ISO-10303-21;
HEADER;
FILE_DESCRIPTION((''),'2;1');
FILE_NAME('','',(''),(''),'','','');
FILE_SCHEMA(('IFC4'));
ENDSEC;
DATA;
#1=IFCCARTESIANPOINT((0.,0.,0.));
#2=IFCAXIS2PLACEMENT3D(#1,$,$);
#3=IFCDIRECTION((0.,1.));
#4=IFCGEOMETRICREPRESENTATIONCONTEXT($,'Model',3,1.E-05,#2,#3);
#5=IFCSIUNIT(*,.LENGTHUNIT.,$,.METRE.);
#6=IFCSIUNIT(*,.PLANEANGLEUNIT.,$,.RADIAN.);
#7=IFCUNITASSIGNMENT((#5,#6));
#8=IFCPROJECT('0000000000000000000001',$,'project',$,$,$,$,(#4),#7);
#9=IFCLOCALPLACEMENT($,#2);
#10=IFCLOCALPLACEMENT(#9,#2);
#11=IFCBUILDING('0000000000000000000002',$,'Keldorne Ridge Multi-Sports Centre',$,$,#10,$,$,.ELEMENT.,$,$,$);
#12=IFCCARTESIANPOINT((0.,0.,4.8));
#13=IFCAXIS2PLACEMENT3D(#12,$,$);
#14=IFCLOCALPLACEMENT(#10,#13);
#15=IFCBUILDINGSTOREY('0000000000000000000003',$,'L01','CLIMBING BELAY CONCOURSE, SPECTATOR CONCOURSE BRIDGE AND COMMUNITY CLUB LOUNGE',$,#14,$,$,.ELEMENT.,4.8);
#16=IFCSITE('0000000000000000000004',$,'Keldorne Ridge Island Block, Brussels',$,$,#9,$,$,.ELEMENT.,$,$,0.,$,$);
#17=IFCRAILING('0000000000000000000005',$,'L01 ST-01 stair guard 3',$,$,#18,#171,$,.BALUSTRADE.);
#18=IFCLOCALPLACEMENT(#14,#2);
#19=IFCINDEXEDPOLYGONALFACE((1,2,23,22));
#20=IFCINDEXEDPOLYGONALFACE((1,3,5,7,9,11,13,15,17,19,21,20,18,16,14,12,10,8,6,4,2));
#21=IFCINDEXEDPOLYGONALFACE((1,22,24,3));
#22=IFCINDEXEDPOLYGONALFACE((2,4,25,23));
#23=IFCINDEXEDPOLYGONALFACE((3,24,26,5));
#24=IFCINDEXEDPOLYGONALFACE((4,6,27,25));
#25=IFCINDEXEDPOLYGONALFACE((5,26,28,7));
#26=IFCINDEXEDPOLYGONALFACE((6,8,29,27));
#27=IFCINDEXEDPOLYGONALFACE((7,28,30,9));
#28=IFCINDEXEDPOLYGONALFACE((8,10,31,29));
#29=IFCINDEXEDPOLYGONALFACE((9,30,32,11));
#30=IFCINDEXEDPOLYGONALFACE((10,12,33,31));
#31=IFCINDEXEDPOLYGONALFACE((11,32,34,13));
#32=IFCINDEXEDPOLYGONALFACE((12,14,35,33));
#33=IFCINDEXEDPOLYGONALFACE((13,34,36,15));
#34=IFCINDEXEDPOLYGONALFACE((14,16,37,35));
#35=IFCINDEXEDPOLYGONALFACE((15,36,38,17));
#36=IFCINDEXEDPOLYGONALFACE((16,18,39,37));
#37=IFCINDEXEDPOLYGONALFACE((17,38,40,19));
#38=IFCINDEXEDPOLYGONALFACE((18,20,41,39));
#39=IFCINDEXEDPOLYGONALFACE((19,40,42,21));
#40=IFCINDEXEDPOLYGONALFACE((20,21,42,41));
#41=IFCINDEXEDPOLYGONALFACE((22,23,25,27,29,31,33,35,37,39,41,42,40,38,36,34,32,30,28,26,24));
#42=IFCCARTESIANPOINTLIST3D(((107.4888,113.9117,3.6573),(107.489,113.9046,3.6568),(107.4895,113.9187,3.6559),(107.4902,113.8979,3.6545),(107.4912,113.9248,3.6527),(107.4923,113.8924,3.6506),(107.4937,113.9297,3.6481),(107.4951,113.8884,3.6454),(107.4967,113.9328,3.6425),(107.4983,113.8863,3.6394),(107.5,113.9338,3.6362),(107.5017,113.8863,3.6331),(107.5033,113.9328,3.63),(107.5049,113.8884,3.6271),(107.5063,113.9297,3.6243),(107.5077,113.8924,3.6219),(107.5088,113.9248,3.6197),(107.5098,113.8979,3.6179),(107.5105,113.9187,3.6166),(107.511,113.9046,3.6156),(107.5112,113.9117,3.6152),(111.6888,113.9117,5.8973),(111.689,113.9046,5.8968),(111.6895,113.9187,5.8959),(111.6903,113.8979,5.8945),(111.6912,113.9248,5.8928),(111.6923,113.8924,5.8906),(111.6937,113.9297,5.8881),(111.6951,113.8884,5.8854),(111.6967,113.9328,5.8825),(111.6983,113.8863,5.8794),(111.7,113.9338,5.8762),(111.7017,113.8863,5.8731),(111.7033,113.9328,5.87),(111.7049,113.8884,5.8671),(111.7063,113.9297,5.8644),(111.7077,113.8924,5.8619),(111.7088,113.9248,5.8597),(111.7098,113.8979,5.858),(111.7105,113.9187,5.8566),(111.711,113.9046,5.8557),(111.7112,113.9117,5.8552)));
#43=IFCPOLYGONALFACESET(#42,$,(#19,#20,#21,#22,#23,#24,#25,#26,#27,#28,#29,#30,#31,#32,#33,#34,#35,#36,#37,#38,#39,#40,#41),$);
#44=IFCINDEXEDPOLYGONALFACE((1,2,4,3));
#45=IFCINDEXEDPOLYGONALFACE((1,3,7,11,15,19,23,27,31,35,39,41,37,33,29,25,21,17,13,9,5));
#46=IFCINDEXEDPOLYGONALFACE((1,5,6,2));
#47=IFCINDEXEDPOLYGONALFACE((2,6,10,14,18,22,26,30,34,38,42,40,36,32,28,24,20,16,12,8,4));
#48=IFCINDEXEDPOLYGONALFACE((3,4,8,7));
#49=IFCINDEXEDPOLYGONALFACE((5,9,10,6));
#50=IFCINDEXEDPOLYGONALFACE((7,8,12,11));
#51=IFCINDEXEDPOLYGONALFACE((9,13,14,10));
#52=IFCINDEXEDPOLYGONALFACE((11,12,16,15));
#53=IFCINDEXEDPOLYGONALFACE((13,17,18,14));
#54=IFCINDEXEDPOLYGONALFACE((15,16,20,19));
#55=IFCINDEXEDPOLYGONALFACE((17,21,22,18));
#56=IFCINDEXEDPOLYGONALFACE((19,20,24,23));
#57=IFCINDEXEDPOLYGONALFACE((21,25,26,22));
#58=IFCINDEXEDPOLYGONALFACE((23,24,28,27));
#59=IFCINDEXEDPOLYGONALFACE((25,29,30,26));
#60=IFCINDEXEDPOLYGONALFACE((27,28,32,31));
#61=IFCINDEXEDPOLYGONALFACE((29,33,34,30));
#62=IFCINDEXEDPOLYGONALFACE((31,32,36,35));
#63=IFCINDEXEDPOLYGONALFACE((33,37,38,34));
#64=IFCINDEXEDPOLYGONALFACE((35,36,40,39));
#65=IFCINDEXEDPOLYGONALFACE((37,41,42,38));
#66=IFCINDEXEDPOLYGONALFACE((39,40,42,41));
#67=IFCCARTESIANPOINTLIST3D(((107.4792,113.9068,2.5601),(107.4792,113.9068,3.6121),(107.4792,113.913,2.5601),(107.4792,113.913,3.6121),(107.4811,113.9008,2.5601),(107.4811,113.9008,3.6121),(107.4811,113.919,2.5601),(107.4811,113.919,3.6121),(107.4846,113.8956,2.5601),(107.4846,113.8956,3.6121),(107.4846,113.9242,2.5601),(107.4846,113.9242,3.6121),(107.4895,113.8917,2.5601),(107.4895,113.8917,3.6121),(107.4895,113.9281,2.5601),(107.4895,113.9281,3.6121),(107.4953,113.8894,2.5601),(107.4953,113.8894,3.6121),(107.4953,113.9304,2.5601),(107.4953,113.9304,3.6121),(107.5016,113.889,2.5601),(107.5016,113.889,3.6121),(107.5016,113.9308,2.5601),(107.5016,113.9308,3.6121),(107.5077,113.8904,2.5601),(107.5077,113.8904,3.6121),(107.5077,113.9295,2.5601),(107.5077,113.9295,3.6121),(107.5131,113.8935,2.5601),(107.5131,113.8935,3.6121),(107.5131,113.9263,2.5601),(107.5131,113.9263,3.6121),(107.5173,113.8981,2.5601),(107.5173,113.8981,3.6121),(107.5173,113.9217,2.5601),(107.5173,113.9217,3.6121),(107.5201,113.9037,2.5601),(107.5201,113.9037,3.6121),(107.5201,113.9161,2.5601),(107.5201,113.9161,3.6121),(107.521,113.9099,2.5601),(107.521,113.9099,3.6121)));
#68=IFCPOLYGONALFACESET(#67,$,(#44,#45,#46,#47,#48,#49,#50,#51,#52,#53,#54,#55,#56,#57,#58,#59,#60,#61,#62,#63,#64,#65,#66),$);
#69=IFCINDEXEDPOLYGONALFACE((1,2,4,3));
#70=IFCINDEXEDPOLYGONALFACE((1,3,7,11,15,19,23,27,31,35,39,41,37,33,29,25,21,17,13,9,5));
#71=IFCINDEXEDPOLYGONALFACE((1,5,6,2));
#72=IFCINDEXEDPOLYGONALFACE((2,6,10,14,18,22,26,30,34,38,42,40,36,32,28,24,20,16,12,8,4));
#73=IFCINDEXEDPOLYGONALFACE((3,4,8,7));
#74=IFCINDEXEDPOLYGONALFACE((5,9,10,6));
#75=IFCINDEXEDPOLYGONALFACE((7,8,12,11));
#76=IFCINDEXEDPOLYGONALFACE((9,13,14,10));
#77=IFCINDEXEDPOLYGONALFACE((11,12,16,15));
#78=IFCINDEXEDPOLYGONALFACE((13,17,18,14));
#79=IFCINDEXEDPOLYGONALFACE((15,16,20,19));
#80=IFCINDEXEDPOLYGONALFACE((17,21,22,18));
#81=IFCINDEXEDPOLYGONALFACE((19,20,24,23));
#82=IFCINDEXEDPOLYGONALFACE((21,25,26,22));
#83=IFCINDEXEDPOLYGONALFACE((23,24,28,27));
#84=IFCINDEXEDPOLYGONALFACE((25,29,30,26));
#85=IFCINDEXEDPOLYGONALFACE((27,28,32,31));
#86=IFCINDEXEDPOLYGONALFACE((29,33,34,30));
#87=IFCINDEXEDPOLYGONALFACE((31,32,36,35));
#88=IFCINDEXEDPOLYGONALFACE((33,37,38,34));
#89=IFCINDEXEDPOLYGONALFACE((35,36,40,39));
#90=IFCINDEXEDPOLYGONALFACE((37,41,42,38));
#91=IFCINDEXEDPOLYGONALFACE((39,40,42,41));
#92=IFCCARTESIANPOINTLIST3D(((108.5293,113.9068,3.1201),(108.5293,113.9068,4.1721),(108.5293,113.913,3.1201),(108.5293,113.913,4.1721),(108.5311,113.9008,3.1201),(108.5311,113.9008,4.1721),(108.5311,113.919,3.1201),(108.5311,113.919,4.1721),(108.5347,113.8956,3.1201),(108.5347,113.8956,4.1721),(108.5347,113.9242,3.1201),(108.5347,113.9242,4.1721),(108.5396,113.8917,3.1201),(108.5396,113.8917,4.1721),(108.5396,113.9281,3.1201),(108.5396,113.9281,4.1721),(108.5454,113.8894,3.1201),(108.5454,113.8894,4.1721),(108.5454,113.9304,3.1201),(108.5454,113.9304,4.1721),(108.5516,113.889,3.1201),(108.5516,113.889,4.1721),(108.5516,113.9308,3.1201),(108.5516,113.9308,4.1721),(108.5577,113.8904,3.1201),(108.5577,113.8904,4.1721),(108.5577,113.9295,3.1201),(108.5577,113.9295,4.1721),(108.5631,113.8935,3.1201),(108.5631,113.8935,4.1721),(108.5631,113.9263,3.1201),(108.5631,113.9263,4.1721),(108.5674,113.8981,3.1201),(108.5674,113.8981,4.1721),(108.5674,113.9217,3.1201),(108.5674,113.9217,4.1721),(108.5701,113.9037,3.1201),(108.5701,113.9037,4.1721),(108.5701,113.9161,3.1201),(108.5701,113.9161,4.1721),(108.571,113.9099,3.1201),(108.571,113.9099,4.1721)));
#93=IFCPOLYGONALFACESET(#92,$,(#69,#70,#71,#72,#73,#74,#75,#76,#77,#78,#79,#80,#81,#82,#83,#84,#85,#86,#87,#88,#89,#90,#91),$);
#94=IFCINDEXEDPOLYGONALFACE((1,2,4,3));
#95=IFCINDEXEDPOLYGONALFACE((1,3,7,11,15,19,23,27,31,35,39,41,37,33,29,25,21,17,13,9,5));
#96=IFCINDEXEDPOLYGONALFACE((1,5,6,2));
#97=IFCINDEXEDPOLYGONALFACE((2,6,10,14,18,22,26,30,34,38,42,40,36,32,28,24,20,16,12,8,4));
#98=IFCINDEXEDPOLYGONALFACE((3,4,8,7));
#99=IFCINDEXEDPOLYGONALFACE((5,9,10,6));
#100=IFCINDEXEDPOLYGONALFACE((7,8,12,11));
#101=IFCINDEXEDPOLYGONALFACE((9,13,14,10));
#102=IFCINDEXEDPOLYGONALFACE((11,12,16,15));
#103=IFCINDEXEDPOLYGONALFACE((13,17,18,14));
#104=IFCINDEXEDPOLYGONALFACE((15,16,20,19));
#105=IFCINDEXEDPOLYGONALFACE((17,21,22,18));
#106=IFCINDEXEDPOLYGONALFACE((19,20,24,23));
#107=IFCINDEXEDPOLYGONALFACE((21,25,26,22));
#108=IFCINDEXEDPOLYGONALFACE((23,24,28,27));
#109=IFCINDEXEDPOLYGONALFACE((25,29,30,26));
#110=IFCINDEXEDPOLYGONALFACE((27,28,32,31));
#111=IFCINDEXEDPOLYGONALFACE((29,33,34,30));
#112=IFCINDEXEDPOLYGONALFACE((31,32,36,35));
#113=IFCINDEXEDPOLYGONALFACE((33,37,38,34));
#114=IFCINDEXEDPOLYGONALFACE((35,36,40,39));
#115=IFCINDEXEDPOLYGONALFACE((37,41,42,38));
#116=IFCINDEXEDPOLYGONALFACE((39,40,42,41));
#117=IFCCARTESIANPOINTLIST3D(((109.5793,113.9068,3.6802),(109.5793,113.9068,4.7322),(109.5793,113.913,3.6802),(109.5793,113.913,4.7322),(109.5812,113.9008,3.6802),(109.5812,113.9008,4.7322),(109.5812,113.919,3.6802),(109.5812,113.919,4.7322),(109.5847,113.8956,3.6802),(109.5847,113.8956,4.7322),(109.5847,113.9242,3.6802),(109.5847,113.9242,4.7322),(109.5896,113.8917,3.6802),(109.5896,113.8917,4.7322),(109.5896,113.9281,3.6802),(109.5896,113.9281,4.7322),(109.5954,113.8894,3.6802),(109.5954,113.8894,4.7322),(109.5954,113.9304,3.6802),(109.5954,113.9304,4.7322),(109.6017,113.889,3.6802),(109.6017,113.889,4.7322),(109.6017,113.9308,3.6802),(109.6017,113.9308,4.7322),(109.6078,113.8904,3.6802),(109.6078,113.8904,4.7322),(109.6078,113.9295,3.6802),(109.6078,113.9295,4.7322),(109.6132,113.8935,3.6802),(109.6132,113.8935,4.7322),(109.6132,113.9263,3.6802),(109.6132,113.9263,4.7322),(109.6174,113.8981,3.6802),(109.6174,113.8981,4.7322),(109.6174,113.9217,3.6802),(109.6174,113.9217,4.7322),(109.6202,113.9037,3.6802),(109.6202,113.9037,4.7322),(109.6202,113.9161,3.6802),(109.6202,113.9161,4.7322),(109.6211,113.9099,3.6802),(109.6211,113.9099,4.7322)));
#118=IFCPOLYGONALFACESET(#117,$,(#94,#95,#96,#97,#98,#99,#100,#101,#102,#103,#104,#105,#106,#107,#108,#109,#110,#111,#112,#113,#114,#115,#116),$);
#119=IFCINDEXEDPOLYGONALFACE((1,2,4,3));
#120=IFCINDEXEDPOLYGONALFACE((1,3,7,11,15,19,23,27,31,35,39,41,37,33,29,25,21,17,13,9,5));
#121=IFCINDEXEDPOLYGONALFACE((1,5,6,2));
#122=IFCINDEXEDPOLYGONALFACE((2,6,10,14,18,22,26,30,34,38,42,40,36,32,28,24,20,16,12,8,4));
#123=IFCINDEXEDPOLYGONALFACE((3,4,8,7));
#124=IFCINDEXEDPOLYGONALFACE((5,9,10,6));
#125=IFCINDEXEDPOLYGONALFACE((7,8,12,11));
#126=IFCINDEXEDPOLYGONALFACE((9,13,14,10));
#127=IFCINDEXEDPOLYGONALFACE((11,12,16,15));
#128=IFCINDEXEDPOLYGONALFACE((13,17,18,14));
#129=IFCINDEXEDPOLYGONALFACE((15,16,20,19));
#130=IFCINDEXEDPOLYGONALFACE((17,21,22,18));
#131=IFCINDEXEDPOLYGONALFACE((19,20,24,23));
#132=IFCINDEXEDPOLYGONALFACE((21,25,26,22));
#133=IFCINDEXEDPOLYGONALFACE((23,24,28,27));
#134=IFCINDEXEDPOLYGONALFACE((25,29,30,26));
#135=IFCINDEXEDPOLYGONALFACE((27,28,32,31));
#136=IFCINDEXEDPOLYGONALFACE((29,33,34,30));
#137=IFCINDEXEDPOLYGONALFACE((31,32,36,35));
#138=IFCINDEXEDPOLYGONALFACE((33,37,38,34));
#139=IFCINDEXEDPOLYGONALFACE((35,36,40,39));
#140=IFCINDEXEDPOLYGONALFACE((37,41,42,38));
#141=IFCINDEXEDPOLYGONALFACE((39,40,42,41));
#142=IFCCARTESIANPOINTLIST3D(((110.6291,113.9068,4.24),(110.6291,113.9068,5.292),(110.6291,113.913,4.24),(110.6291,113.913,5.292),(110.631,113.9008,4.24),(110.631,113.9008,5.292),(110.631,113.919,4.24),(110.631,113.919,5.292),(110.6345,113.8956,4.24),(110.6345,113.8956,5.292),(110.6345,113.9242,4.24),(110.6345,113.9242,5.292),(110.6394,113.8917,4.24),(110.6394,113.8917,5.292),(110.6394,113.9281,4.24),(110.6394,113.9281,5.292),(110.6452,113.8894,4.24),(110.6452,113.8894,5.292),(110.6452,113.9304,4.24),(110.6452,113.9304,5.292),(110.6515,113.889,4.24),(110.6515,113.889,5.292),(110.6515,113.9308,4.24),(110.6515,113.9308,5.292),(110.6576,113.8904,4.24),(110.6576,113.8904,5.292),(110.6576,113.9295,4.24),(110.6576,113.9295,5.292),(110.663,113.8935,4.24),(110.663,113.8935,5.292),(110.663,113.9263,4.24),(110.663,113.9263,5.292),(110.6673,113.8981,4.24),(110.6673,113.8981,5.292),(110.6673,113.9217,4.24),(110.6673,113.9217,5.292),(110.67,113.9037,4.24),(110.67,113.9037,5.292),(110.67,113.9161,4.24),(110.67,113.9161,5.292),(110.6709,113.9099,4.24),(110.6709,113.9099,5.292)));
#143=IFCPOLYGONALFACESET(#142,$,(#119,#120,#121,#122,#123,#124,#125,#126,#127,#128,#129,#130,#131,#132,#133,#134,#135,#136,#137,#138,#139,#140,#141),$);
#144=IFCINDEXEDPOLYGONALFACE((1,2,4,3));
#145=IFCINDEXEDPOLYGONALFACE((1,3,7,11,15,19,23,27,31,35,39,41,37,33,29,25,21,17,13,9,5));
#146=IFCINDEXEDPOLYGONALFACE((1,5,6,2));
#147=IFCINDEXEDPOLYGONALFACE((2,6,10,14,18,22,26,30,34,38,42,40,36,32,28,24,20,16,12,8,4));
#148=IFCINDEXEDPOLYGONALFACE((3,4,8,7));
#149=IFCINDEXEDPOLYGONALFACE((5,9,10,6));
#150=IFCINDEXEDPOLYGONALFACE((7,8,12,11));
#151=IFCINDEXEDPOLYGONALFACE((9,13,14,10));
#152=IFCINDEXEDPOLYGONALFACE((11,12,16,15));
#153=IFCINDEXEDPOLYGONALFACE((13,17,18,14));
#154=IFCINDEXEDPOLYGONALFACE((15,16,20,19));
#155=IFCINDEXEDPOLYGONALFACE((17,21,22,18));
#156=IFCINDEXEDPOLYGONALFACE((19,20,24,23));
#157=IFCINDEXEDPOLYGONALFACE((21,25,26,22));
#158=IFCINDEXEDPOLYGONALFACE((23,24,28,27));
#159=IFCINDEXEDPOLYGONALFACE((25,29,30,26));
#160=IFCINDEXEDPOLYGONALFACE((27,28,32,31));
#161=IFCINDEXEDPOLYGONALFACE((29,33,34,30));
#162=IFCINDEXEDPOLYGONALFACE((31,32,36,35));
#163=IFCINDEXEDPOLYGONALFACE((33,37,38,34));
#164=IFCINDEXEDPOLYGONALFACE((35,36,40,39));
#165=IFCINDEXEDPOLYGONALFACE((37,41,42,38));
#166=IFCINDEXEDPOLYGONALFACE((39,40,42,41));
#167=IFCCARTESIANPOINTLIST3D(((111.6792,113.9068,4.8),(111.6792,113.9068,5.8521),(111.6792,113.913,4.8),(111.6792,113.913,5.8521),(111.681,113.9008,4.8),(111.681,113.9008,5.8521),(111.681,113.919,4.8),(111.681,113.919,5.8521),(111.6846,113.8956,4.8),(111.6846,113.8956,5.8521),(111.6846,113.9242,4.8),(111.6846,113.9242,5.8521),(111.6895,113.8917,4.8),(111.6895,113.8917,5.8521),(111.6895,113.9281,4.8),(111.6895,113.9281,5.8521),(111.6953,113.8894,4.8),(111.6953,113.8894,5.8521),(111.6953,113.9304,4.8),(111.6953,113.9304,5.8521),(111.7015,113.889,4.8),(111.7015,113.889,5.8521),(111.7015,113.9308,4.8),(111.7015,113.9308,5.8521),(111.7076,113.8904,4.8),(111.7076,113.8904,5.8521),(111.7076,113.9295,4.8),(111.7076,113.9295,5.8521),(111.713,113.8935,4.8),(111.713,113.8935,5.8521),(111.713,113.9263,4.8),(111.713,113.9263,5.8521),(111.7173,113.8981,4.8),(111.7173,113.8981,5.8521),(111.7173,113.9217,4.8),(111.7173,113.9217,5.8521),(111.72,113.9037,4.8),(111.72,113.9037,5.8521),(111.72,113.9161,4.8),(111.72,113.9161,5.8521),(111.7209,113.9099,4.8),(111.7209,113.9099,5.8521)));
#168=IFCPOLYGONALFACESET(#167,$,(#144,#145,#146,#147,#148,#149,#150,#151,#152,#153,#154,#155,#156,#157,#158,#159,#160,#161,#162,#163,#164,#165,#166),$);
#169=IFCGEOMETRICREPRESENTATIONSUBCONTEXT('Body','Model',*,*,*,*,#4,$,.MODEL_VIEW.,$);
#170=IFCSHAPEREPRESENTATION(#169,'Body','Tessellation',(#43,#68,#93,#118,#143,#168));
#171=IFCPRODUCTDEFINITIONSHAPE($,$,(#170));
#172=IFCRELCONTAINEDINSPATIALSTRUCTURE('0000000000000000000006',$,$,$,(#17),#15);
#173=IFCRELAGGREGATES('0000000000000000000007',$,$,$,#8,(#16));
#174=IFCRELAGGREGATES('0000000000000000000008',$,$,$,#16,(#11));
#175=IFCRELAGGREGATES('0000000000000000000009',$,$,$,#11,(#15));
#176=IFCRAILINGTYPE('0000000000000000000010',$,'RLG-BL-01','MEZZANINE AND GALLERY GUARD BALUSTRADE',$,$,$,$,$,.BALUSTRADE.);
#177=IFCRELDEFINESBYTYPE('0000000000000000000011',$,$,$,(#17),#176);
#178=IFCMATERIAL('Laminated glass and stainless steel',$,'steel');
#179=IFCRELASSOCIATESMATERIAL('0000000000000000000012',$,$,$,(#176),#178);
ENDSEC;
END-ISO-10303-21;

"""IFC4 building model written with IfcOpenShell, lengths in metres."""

from ifc_helpers import new_model, si_unit, direction, frame, origin, origin_2d, place, context, subcontext, project, spatial, circle, extrude, material, type_object, element, save


model = new_model("IFC4")

# Units and contexts
model_context = context("Model", 3, precision=1e-05, world=origin(), true_north=direction((0.0, 1.0)))
body_context = subcontext(model_context, "Body", "Model", "MODEL_VIEW")
ifc_project = project(units=[si_unit("LENGTHUNIT", "METRE"), si_unit("PLANEANGLEUNIT", "RADIAN")], contexts=[model_context])

# Site, building, storey
site_placement = place(None, origin())
site = spatial("IfcSite", under=ifc_project, at=site_placement, Name="Keldorne Ridge Island Block, Brussels", CompositionType="ELEMENT", RefElevation=0.0)
building_placement = place(site_placement, origin())
building = spatial("IfcBuilding", under=site, at=building_placement, Name="Keldorne Ridge Multi-Sports Centre", CompositionType="ELEMENT")
storey_placement = place(building_placement, frame((0.0, 0.0, 4.8)))
storey = spatial("IfcBuildingStorey", under=building, at=storey_placement, Name="L01", Description="CLIMBING BELAY CONCOURSE, SPECTATOR CONCOURSE BRIDGE AND COMMUNITY CLUB LOUNGE", CompositionType="ELEMENT", Elevation=4.8)

# Railing
ifc_material_1 = material(Name="Laminated glass and stainless steel", Category="steel")
railing_type_1 = type_object("IfcRailingType", Name="RLG-BL-01", Description="MEZZANINE AND GALLERY GUARD BALUSTRADE", PredefinedType="BALUSTRADE", material=ifc_material_1)
railing_1_placement = place(storey_placement, frame((107.5, 113.9099, 2.5601)))
element("IfcRailing", 1, at=railing_1_placement, inside=storey, type_object=railing_type_1, Name="L01 ST-01 stair guard 3", PredefinedType="BALUSTRADE", context=body_context, shape_type="SweptSolid", body=[
    extrude(circle(Radius=0.0239, at=origin_2d()), frame((0.0, 0.0, 1.0762), z_axis=(0.882352, 0.0, 0.470591), x_axis=(0.0, 1.0, 0.0)), (0.0, 0.0, 1.0), 4.76),
    extrude(circle(Radius=0.021, at=origin_2d()), origin(), (0.0, 0.0, 1.0), 1.052),
    extrude(circle(Radius=0.021, at=origin_2d()), frame((1.05, 0.0, 0.5601)), (0.0, 0.0, 1.0), 1.052),
    extrude(circle(Radius=0.021, at=origin_2d()), frame((2.1001, 0.0, 1.1201)), (0.0, 0.0, 1.0), 1.052),
    extrude(circle(Radius=0.021, at=origin_2d()), frame((3.1499, 0.0, 1.6799)), (0.0, 0.0, 1.0), 1.052),
    extrude(circle(Radius=0.021, at=origin_2d()), frame((4.2, 0.0, 2.24)), (0.0, 0.0, 1.0), 1.052),
])

save(model, "model.ifc")
